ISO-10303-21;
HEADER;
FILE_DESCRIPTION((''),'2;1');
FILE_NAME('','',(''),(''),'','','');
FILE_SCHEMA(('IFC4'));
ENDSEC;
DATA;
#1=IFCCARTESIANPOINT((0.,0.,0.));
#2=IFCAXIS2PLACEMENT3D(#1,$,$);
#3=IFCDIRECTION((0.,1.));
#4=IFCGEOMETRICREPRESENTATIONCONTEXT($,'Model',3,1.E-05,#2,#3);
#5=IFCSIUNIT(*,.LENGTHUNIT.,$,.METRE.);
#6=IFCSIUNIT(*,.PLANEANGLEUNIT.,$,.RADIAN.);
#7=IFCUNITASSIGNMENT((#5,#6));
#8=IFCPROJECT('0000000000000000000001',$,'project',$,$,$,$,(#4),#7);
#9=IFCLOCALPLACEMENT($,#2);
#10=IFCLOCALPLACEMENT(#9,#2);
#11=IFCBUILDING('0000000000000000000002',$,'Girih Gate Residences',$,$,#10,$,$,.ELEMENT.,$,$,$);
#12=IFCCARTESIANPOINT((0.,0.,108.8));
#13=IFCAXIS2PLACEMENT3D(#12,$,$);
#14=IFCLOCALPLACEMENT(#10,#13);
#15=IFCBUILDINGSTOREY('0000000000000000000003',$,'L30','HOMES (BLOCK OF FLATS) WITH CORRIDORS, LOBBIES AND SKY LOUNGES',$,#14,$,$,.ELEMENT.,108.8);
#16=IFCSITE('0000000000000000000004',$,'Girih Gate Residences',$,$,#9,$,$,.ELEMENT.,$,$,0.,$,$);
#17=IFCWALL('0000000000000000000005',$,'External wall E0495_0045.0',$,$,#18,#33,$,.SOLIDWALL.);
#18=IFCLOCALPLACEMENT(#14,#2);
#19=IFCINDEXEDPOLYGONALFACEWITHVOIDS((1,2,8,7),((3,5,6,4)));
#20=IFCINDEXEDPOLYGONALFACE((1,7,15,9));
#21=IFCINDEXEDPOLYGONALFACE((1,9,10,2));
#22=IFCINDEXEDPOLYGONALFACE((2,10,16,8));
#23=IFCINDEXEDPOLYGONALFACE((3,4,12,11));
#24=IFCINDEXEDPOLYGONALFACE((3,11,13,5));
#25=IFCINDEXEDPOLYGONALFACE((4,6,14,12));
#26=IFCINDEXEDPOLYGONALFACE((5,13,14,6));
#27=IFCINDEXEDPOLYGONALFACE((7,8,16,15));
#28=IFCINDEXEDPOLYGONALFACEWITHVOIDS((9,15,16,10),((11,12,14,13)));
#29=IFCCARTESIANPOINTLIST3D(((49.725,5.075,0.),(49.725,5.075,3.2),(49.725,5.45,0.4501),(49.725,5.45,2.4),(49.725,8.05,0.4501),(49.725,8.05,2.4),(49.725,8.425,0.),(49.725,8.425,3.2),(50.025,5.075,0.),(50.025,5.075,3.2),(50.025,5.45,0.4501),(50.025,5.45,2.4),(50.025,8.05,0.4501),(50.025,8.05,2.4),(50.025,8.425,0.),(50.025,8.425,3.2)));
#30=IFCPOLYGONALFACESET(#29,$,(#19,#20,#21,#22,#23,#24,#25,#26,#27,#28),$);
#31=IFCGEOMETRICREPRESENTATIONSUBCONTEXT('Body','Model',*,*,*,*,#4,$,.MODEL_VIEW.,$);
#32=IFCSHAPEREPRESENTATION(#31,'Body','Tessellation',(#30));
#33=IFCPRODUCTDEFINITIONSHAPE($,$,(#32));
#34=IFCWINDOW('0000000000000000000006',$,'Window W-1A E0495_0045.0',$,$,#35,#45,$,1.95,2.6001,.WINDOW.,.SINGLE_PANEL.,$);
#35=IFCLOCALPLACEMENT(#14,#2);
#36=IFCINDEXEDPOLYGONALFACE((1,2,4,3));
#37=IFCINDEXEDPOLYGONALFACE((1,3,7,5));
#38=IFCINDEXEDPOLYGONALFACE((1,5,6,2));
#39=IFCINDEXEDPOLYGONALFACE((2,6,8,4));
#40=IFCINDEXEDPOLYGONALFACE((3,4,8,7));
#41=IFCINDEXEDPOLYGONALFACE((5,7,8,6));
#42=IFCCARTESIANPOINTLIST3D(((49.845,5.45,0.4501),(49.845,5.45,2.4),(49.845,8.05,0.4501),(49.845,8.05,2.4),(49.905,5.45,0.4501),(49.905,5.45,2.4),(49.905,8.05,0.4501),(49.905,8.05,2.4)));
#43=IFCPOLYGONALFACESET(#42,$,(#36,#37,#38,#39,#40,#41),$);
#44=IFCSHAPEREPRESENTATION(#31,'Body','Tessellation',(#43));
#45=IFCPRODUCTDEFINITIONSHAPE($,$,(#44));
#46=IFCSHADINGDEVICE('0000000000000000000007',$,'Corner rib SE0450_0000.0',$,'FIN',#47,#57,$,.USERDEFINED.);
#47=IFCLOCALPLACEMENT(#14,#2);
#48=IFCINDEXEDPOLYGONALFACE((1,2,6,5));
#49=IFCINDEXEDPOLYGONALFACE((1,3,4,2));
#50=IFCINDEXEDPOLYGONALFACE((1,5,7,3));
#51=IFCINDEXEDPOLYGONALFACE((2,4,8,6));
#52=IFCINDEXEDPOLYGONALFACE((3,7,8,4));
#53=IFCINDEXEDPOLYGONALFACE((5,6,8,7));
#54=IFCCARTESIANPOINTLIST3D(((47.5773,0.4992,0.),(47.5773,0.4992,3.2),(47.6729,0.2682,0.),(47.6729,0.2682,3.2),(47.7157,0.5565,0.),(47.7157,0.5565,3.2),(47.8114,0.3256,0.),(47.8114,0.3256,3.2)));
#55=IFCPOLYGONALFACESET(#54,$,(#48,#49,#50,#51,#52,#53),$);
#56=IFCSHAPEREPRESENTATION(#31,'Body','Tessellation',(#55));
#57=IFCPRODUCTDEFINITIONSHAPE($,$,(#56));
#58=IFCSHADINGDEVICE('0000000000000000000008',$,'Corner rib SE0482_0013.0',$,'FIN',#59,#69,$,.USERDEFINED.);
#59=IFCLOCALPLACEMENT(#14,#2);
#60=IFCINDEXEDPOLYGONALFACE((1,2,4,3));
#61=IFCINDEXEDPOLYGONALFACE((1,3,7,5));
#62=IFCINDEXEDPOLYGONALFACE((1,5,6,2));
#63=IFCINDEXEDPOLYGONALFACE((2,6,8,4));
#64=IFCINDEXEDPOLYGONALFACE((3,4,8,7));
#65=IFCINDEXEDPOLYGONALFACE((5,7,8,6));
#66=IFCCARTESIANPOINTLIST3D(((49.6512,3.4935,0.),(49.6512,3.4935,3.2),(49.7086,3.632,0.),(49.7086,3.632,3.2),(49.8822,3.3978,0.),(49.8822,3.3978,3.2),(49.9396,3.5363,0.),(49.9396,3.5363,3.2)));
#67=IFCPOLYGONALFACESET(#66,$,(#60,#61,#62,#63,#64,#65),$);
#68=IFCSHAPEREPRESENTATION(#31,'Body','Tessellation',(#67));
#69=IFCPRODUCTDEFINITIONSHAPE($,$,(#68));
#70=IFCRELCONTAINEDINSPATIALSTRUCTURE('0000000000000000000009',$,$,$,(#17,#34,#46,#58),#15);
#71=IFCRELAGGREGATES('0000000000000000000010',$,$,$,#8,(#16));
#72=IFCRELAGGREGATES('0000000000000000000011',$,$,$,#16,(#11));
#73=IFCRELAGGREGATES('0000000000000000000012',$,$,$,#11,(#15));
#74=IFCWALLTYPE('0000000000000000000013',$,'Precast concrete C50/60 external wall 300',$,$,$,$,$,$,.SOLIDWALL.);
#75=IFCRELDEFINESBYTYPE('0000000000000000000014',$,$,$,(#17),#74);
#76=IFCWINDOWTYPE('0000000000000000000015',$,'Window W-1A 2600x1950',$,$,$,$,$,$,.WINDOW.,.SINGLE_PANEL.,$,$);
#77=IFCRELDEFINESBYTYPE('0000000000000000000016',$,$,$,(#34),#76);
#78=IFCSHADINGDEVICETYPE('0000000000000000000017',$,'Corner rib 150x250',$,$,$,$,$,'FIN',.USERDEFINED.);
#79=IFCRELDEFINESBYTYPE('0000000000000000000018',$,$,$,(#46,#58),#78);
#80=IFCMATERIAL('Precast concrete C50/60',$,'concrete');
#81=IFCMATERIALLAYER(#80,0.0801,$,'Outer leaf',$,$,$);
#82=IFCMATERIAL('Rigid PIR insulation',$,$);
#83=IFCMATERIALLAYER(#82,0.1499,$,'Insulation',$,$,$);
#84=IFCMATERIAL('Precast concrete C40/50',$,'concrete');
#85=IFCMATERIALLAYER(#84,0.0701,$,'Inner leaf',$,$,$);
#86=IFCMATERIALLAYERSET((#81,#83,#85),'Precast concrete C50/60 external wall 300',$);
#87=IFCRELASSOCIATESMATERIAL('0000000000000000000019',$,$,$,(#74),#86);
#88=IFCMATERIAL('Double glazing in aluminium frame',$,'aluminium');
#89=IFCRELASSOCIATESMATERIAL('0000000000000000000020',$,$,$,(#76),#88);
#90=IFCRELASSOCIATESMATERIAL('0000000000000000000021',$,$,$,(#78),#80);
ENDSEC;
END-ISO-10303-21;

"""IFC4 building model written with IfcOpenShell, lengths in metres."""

from ifc_helpers import new_model, si_unit, direction, frame, frame_2d, origin, origin_2d, place, context, subcontext, project, spatial, rectangle, extrude, material, layer, layer_set, type_object, element, fill, save


model = new_model("IFC4")

# Units and contexts
model_context = context("Model", 3, precision=1e-05, world=origin(), true_north=direction((0.0, 1.0)))
body_context = subcontext(model_context, "Body", "Model", "MODEL_VIEW")
ifc_project = project(units=[si_unit("LENGTHUNIT", "METRE"), si_unit("PLANEANGLEUNIT", "RADIAN")], contexts=[model_context])

# Site, building, storey
site_placement = place(None, origin())
site = spatial("IfcSite", under=ifc_project, at=site_placement, Name="Girih Gate Residences", CompositionType="ELEMENT", RefElevation=0.0)
building_placement = place(site_placement, origin())
building = spatial("IfcBuilding", under=site, at=building_placement, Name="Girih Gate Residences", CompositionType="ELEMENT")
storey_placement = place(building_placement, frame((0.0, 0.0, 108.8)))
storey = spatial("IfcBuildingStorey", under=building, at=storey_placement, Name="L30", Description="HOMES (BLOCK OF FLATS) WITH CORRIDORS, LOBBIES AND SKY LOUNGES", CompositionType="ELEMENT", Elevation=108.8)

# Wall, opening, window
ifc_material_1 = material(Name="Precast concrete C50/60", Category="concrete")
ifc_layer_1 = layer(ifc_material_1, 0.0801, Name="Outer leaf")
ifc_material_2 = material(Name="Rigid PIR insulation")
ifc_layer_2 = layer(ifc_material_2, 0.1499, Name="Insulation")
ifc_material_3 = material(Name="Precast concrete C40/50", Category="concrete")
ifc_layer_3 = layer(ifc_material_3, 0.0701, Name="Inner leaf")
ifc_layer_set_1 = layer_set([ifc_layer_1, ifc_layer_2, ifc_layer_3], Name="Precast concrete C50/60 external wall 300")
wall_type_1 = type_object("IfcWallType", Name="Precast concrete C50/60 external wall 300", PredefinedType="SOLIDWALL", material=ifc_layer_set_1)
ifc_material_4 = material(Name="Double glazing in aluminium frame", Category="aluminium")
wall_1_placement = place(storey_placement, frame((49.875, 8.425, 0.0), z_axis=(0.0, 0.0, 1.0), x_axis=(0.0, -1.0, 0.0)))
wall_1 = element("IfcWall", 1, at=wall_1_placement, inside=storey, type_object=wall_type_1, Name="External wall E0495_0045.0", PredefinedType="SOLIDWALL", context=body_context, shape_type="SweptSolid", body=[
    extrude(rectangle(XDim=3.3501, YDim=0.3, at=frame_2d((1.675, 0.0))), origin(), (0.0, 0.0, 1.0), 3.2),
])
opening_1_placement = place(wall_1_placement, frame((0.375, 0.0, 0.45)))
opening_1 = element("IfcOpeningElement", 2, at=opening_1_placement, cuts=wall_1, PredefinedType="OPENING", context=body_context, shape_type="SweptSolid", body=[
    extrude(rectangle(XDim=2.6001, YDim=1.95, at=frame_2d((1.3, 0.9751))), frame((0.0, 0.1599, 0.0), z_axis=(0.0, -1.0, 0.0), x_axis=(1.0, 0.0, 0.0)), (0.0, 0.0, 1.0), 0.3201),
])
window_type_1 = type_object("IfcWindowType", Name="Window W-1A 2600x1950", PartitioningType="SINGLE_PANEL", PredefinedType="WINDOW", material=ifc_material_4)
window_1_placement = place(opening_1_placement, origin())
window_1 = element("IfcWindow", 3, at=window_1_placement, inside=storey, type_object=window_type_1, Name="Window W-1A E0495_0045.0", OverallHeight=1.95, OverallWidth=2.6001, PartitioningType="SINGLE_PANEL", PredefinedType="WINDOW", context=body_context, shape_type="SweptSolid", body=[
    extrude(rectangle(XDim=2.6001, YDim=1.95, at=frame_2d((1.3, 0.9751))), frame((0.0, 0.03, 0.0), z_axis=(0.0, -1.0, 0.0), x_axis=(1.0, 0.0, 0.0)), (0.0, 0.0, 1.0), 0.0601),
])
fill(opening_1, window_1)

# Shading devices
shading_device_type = type_object("IfcShadingDeviceType", Name="Corner rib 150x250", ElementType="FIN", PredefinedType="USERDEFINED", material=ifc_material_1)
for number, where, z_axis, x_axis, name in (
    (4, (47.6943, 0.4124, 0.0), (0.0, 0.0, 1.0), (0.92388, 0.382683, 0.0), "Corner rib SE0450_0000.0"),
    (5, (49.7954, 3.5149, 0.0), (0.0, 0.0, 1.0), (0.382683, 0.92388, 0.0), "Corner rib SE0482_0013.0"),
):
    element("IfcShadingDevice", number, at=place(storey_placement, frame(where, z_axis=z_axis, x_axis=x_axis)), inside=storey, type_object=shading_device_type, Name=name, ObjectType="FIN", PredefinedType="USERDEFINED", context=body_context, shape_type="SweptSolid", body=[
        extrude(rectangle(XDim=0.1499, YDim=0.25, at=origin_2d()), origin(), (0.0, 0.0, 1.0), 3.2),
    ])

save(model, "model.ifc")
